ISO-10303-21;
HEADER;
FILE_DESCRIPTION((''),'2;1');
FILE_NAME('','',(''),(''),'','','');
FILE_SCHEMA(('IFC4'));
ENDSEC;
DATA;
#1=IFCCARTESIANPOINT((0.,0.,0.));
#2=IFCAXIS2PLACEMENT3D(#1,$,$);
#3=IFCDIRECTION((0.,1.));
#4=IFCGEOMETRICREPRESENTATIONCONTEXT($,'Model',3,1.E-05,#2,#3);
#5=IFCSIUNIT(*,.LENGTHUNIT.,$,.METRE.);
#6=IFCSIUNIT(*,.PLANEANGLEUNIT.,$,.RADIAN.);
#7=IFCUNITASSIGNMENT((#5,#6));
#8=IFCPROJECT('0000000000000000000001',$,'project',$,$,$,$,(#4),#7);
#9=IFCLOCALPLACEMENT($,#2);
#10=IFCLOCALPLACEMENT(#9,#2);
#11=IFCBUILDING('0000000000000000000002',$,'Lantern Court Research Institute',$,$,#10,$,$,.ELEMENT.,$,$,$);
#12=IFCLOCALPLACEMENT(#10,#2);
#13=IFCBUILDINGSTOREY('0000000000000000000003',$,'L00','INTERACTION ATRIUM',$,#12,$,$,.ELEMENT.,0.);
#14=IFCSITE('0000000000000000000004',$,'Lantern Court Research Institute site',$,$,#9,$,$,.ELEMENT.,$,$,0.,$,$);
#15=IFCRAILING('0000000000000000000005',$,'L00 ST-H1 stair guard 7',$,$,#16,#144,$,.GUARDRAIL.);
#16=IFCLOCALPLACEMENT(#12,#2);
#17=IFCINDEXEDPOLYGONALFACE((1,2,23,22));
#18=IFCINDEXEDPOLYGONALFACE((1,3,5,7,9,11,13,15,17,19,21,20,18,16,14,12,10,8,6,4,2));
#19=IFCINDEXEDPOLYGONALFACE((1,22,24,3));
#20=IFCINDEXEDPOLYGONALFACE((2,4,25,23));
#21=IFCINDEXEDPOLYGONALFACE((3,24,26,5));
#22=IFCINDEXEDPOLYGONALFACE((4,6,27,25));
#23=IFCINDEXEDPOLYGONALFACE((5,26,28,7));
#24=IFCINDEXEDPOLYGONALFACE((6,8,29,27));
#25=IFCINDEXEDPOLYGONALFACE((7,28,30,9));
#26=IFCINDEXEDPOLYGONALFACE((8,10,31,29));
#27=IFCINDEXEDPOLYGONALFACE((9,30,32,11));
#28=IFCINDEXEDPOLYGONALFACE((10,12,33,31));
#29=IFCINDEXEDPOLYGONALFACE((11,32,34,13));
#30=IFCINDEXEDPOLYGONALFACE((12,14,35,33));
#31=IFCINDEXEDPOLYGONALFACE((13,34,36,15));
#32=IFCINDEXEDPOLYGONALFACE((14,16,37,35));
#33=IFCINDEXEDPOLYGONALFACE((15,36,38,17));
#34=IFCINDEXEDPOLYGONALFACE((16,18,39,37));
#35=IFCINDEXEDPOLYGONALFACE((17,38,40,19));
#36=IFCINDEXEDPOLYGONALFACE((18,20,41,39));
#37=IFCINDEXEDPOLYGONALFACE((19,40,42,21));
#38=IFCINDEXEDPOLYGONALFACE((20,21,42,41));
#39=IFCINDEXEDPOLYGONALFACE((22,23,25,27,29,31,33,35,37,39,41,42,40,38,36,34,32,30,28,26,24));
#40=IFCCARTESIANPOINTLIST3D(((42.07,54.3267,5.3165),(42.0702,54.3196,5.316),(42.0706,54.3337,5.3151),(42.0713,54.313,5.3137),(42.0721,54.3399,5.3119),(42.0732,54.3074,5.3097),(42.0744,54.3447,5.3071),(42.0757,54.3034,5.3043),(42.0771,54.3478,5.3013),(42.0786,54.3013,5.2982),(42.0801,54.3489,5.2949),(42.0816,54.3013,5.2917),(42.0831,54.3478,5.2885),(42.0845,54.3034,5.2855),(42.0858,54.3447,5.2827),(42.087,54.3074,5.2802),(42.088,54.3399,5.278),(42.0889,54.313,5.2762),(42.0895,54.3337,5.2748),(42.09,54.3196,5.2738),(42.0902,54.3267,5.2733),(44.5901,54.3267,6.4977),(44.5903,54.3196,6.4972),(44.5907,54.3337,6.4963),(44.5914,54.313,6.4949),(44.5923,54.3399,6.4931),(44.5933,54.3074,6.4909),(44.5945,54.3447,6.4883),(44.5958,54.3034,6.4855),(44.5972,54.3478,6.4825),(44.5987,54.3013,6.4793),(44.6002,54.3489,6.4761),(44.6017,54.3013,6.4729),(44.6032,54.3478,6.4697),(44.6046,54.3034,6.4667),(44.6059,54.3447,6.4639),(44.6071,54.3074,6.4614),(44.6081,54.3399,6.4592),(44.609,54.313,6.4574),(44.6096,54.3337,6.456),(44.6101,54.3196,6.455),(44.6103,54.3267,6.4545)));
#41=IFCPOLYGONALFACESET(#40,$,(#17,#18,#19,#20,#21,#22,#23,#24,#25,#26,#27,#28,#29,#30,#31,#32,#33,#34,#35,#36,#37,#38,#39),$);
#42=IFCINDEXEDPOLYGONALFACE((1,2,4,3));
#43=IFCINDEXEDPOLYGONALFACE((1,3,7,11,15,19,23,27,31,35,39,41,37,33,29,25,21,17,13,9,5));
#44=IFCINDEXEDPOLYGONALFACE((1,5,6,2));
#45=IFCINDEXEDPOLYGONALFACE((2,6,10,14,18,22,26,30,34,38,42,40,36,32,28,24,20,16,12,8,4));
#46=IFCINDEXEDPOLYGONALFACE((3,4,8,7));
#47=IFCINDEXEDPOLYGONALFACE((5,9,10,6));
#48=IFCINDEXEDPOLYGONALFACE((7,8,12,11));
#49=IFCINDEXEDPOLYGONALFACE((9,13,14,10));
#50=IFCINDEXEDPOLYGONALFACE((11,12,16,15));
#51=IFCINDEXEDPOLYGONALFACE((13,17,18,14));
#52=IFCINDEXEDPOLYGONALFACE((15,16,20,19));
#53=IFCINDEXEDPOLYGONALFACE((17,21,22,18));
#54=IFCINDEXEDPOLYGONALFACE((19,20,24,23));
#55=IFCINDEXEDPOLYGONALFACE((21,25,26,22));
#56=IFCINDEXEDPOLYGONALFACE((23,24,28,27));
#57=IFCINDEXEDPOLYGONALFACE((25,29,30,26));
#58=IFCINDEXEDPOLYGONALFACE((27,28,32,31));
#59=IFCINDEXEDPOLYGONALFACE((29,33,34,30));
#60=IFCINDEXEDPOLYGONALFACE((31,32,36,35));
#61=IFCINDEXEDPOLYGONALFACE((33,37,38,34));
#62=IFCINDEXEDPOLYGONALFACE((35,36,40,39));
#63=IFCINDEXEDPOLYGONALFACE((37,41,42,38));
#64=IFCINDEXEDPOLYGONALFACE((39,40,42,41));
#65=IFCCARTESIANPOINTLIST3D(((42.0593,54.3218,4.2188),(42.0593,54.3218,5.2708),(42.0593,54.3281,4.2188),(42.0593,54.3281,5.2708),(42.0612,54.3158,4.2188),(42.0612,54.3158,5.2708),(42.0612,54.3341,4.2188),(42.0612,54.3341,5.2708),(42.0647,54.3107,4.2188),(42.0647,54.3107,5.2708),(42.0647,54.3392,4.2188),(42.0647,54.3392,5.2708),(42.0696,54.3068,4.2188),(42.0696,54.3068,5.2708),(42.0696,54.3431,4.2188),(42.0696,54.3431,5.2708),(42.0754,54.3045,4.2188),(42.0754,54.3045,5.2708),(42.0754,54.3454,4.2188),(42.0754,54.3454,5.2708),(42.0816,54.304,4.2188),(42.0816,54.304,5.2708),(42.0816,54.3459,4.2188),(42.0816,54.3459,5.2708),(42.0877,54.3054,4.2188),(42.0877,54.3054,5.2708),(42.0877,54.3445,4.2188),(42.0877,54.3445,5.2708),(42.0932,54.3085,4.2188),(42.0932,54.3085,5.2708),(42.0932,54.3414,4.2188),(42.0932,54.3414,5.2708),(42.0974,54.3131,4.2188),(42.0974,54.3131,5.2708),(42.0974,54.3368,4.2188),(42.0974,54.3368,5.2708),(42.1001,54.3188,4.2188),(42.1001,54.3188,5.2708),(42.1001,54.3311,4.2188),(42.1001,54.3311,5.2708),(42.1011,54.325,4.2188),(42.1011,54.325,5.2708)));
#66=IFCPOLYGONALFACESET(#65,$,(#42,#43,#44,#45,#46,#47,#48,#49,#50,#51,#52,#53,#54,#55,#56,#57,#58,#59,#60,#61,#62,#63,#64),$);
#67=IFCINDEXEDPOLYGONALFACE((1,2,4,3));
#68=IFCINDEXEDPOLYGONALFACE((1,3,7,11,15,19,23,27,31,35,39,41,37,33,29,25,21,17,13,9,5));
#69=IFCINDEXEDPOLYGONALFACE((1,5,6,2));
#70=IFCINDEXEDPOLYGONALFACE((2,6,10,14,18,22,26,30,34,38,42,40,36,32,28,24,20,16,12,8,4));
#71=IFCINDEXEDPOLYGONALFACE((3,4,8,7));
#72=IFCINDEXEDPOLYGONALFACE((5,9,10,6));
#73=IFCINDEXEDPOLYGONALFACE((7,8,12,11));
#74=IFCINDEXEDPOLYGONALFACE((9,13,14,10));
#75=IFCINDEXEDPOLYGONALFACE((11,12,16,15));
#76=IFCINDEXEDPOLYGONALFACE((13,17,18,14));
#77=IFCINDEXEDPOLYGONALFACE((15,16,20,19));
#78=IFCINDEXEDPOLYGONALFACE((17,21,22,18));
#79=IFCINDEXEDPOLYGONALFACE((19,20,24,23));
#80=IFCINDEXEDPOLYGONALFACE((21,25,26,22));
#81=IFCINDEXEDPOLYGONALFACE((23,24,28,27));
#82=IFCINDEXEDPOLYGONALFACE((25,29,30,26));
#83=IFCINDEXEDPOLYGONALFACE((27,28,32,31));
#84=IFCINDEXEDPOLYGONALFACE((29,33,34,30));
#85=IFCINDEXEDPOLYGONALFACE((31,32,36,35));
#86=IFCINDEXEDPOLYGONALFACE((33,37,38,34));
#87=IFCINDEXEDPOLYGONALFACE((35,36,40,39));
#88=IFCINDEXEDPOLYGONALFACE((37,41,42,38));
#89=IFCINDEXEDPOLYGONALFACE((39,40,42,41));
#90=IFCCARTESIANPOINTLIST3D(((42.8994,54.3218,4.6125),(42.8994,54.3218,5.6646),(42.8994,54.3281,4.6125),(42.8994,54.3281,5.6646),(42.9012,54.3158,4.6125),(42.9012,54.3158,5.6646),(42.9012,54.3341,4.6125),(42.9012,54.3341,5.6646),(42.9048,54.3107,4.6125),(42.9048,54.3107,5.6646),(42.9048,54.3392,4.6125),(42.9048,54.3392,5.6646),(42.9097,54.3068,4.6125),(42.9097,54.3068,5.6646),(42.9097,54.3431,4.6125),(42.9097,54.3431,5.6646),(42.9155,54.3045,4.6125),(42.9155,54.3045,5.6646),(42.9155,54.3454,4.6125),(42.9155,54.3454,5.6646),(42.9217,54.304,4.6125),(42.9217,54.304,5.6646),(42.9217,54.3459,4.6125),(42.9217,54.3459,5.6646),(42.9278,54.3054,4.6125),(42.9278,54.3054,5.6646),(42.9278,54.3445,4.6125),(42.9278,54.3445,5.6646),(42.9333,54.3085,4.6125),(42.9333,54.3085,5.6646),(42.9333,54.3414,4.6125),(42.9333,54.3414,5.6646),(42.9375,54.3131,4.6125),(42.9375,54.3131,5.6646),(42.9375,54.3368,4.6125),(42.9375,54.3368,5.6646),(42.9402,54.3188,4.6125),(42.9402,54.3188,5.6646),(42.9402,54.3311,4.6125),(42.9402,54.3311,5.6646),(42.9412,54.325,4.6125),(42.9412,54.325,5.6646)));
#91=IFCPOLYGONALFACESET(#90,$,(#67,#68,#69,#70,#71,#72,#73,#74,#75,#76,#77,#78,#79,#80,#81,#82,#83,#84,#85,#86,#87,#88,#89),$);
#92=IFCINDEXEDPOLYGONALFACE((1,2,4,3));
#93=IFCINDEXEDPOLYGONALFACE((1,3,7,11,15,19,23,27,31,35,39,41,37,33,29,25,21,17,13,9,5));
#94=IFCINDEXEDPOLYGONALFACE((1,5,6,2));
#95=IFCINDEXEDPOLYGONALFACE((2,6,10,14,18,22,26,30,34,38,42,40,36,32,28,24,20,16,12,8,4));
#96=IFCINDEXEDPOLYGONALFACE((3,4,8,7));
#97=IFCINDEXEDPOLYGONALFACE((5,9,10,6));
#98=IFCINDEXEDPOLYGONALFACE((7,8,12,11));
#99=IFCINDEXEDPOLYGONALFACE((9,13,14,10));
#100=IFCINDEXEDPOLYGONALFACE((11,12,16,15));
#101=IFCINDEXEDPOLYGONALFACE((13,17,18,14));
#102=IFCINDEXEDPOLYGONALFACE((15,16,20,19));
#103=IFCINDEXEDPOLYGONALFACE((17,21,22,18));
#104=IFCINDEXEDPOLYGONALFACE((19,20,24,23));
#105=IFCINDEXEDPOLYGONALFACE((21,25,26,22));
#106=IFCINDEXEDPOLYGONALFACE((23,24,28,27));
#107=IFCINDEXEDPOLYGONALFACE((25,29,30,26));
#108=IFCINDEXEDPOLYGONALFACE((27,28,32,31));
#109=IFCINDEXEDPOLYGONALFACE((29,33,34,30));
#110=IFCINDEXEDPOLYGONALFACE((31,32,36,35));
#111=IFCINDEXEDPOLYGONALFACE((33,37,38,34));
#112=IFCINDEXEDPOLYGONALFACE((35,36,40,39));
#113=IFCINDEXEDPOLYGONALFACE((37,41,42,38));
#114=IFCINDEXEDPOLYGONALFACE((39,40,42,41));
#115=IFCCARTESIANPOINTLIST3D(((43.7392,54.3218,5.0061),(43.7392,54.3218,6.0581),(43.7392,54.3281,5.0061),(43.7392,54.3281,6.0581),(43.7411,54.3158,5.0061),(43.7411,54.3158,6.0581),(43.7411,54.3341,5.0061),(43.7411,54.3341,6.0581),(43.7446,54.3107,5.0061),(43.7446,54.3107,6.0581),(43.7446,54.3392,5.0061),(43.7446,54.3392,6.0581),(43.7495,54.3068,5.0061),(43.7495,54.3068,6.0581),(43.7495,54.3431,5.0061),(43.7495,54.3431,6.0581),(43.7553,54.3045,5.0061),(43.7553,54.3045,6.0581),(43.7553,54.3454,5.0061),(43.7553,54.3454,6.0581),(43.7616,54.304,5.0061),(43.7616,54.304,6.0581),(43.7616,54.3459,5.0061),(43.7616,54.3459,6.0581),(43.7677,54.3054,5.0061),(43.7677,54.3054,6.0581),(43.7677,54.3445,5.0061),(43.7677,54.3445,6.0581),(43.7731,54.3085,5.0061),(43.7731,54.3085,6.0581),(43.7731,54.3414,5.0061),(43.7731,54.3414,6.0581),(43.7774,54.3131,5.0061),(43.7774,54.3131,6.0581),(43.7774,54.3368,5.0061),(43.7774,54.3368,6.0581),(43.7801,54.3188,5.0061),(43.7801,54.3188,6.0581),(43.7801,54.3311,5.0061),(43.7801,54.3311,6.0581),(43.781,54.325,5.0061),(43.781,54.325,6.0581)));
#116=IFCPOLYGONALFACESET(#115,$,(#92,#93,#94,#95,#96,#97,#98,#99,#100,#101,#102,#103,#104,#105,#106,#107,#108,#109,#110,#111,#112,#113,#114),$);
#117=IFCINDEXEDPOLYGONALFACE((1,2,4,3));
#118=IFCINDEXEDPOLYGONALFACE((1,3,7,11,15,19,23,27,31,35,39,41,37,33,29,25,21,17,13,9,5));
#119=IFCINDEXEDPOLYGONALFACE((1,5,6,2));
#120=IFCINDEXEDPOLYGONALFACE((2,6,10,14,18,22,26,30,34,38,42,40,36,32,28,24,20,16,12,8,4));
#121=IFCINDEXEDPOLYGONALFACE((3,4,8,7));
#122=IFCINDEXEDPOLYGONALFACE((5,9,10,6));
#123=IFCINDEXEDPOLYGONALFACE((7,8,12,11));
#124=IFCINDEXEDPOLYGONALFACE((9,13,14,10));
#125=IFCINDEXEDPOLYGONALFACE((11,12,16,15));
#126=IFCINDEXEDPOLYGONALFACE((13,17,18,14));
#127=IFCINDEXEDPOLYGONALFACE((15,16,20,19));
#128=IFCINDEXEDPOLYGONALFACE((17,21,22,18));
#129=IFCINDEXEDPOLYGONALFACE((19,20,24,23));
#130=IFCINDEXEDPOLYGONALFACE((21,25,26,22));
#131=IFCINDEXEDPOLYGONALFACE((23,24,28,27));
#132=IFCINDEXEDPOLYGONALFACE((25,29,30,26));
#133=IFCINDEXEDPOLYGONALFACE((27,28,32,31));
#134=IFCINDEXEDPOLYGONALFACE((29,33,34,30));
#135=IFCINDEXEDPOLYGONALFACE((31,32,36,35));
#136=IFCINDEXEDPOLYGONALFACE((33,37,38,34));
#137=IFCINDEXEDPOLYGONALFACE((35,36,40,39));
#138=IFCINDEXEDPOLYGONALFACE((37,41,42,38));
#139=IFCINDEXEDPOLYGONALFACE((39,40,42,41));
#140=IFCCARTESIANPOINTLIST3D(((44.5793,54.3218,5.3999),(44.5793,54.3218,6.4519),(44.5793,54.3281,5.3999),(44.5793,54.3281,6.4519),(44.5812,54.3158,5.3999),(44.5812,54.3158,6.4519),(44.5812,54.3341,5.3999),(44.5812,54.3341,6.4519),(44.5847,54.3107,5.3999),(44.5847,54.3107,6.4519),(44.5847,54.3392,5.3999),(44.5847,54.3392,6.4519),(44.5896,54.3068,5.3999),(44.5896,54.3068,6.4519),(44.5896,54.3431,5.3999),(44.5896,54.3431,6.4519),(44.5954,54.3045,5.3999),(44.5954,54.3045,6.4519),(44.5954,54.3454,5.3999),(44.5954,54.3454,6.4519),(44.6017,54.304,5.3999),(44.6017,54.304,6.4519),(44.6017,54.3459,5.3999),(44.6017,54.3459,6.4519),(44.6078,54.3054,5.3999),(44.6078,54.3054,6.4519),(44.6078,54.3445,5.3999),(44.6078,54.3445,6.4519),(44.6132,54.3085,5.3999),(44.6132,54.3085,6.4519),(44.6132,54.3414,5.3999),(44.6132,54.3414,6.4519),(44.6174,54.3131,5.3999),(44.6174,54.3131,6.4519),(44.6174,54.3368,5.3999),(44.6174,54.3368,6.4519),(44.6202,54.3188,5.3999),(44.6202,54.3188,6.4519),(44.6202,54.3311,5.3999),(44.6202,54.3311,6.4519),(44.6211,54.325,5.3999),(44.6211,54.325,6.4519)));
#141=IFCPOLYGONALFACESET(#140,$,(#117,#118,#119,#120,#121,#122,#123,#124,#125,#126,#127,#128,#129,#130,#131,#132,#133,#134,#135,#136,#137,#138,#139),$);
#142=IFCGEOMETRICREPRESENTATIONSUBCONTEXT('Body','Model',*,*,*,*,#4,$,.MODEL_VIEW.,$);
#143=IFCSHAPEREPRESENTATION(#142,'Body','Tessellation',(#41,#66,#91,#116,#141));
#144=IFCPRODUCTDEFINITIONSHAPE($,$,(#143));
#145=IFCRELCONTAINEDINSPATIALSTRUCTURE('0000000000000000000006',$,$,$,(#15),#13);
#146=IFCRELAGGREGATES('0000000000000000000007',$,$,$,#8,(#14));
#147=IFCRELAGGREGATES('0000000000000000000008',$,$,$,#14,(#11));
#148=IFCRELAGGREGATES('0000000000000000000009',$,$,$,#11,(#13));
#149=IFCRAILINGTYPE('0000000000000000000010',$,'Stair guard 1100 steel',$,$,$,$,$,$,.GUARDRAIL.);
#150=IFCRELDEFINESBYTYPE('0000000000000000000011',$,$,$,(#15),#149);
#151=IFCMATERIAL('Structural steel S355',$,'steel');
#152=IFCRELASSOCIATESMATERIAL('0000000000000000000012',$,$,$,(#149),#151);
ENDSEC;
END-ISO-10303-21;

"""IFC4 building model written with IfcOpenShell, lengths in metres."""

from ifc_helpers import new_model, si_unit, direction, frame, origin, origin_2d, place, context, subcontext, project, spatial, circle, extrude, material, type_object, element, save


model = new_model("IFC4")

# Units and contexts
model_context = context("Model", 3, precision=1e-05, world=origin(), true_north=direction((0.0, 1.0)))
body_context = subcontext(model_context, "Body", "Model", "MODEL_VIEW")
ifc_project = project(units=[si_unit("LENGTHUNIT", "METRE"), si_unit("PLANEANGLEUNIT", "RADIAN")], contexts=[model_context])

# Site, building, storey
site_placement = place(None, origin())
site = spatial("IfcSite", under=ifc_project, at=site_placement, Name="Lantern Court Research Institute site", CompositionType="ELEMENT", RefElevation=0.0)
building_placement = place(site_placement, origin())
building = spatial("IfcBuilding", under=site, at=building_placement, Name="Lantern Court Research Institute", CompositionType="ELEMENT")
storey_placement = place(building_placement, origin())
storey = spatial("IfcBuildingStorey", under=building, at=storey_placement, Name="L00", Description="INTERACTION ATRIUM", CompositionType="ELEMENT", Elevation=0.0)

# Railing
ifc_material_1 = material(Name="Structural steel S355", Category="steel")
railing_type_1 = type_object("IfcRailingType", Name="Stair guard 1100 steel", PredefinedType="GUARDRAIL", material=ifc_material_1)
railing_1_placement = place(storey_placement, frame((42.0801, 54.325, 4.2188)))
element("IfcRailing", 1, at=railing_1_placement, inside=storey, type_object=railing_type_1, Name="L00 ST-H1 stair guard 7", PredefinedType="GUARDRAIL", context=body_context, shape_type="SweptSolid", body=[
    extrude(circle(Radius=0.0239, at=origin_2d()), frame((0.0, 0.0, 1.0762), z_axis=(0.905474, 0.0, 0.424402), x_axis=(0.0, 1.0, 0.0)), (0.0, 0.0, 1.0), 2.7832),
    extrude(circle(Radius=0.021, at=origin_2d()), origin(), (0.0, 0.0, 1.0), 1.052),
    extrude(circle(Radius=0.021, at=origin_2d()), frame((0.8401, 0.0, 0.3938)), (0.0, 0.0, 1.0), 1.052),
    extrude(circle(Radius=0.021, at=origin_2d()), frame((1.6799, 0.0, 0.7874)), (0.0, 0.0, 1.0), 1.052),
    extrude(circle(Radius=0.021, at=origin_2d()), frame((2.52, 0.0, 1.1812)), (0.0, 0.0, 1.0), 1.052),
])

save(model, "model.ifc")
